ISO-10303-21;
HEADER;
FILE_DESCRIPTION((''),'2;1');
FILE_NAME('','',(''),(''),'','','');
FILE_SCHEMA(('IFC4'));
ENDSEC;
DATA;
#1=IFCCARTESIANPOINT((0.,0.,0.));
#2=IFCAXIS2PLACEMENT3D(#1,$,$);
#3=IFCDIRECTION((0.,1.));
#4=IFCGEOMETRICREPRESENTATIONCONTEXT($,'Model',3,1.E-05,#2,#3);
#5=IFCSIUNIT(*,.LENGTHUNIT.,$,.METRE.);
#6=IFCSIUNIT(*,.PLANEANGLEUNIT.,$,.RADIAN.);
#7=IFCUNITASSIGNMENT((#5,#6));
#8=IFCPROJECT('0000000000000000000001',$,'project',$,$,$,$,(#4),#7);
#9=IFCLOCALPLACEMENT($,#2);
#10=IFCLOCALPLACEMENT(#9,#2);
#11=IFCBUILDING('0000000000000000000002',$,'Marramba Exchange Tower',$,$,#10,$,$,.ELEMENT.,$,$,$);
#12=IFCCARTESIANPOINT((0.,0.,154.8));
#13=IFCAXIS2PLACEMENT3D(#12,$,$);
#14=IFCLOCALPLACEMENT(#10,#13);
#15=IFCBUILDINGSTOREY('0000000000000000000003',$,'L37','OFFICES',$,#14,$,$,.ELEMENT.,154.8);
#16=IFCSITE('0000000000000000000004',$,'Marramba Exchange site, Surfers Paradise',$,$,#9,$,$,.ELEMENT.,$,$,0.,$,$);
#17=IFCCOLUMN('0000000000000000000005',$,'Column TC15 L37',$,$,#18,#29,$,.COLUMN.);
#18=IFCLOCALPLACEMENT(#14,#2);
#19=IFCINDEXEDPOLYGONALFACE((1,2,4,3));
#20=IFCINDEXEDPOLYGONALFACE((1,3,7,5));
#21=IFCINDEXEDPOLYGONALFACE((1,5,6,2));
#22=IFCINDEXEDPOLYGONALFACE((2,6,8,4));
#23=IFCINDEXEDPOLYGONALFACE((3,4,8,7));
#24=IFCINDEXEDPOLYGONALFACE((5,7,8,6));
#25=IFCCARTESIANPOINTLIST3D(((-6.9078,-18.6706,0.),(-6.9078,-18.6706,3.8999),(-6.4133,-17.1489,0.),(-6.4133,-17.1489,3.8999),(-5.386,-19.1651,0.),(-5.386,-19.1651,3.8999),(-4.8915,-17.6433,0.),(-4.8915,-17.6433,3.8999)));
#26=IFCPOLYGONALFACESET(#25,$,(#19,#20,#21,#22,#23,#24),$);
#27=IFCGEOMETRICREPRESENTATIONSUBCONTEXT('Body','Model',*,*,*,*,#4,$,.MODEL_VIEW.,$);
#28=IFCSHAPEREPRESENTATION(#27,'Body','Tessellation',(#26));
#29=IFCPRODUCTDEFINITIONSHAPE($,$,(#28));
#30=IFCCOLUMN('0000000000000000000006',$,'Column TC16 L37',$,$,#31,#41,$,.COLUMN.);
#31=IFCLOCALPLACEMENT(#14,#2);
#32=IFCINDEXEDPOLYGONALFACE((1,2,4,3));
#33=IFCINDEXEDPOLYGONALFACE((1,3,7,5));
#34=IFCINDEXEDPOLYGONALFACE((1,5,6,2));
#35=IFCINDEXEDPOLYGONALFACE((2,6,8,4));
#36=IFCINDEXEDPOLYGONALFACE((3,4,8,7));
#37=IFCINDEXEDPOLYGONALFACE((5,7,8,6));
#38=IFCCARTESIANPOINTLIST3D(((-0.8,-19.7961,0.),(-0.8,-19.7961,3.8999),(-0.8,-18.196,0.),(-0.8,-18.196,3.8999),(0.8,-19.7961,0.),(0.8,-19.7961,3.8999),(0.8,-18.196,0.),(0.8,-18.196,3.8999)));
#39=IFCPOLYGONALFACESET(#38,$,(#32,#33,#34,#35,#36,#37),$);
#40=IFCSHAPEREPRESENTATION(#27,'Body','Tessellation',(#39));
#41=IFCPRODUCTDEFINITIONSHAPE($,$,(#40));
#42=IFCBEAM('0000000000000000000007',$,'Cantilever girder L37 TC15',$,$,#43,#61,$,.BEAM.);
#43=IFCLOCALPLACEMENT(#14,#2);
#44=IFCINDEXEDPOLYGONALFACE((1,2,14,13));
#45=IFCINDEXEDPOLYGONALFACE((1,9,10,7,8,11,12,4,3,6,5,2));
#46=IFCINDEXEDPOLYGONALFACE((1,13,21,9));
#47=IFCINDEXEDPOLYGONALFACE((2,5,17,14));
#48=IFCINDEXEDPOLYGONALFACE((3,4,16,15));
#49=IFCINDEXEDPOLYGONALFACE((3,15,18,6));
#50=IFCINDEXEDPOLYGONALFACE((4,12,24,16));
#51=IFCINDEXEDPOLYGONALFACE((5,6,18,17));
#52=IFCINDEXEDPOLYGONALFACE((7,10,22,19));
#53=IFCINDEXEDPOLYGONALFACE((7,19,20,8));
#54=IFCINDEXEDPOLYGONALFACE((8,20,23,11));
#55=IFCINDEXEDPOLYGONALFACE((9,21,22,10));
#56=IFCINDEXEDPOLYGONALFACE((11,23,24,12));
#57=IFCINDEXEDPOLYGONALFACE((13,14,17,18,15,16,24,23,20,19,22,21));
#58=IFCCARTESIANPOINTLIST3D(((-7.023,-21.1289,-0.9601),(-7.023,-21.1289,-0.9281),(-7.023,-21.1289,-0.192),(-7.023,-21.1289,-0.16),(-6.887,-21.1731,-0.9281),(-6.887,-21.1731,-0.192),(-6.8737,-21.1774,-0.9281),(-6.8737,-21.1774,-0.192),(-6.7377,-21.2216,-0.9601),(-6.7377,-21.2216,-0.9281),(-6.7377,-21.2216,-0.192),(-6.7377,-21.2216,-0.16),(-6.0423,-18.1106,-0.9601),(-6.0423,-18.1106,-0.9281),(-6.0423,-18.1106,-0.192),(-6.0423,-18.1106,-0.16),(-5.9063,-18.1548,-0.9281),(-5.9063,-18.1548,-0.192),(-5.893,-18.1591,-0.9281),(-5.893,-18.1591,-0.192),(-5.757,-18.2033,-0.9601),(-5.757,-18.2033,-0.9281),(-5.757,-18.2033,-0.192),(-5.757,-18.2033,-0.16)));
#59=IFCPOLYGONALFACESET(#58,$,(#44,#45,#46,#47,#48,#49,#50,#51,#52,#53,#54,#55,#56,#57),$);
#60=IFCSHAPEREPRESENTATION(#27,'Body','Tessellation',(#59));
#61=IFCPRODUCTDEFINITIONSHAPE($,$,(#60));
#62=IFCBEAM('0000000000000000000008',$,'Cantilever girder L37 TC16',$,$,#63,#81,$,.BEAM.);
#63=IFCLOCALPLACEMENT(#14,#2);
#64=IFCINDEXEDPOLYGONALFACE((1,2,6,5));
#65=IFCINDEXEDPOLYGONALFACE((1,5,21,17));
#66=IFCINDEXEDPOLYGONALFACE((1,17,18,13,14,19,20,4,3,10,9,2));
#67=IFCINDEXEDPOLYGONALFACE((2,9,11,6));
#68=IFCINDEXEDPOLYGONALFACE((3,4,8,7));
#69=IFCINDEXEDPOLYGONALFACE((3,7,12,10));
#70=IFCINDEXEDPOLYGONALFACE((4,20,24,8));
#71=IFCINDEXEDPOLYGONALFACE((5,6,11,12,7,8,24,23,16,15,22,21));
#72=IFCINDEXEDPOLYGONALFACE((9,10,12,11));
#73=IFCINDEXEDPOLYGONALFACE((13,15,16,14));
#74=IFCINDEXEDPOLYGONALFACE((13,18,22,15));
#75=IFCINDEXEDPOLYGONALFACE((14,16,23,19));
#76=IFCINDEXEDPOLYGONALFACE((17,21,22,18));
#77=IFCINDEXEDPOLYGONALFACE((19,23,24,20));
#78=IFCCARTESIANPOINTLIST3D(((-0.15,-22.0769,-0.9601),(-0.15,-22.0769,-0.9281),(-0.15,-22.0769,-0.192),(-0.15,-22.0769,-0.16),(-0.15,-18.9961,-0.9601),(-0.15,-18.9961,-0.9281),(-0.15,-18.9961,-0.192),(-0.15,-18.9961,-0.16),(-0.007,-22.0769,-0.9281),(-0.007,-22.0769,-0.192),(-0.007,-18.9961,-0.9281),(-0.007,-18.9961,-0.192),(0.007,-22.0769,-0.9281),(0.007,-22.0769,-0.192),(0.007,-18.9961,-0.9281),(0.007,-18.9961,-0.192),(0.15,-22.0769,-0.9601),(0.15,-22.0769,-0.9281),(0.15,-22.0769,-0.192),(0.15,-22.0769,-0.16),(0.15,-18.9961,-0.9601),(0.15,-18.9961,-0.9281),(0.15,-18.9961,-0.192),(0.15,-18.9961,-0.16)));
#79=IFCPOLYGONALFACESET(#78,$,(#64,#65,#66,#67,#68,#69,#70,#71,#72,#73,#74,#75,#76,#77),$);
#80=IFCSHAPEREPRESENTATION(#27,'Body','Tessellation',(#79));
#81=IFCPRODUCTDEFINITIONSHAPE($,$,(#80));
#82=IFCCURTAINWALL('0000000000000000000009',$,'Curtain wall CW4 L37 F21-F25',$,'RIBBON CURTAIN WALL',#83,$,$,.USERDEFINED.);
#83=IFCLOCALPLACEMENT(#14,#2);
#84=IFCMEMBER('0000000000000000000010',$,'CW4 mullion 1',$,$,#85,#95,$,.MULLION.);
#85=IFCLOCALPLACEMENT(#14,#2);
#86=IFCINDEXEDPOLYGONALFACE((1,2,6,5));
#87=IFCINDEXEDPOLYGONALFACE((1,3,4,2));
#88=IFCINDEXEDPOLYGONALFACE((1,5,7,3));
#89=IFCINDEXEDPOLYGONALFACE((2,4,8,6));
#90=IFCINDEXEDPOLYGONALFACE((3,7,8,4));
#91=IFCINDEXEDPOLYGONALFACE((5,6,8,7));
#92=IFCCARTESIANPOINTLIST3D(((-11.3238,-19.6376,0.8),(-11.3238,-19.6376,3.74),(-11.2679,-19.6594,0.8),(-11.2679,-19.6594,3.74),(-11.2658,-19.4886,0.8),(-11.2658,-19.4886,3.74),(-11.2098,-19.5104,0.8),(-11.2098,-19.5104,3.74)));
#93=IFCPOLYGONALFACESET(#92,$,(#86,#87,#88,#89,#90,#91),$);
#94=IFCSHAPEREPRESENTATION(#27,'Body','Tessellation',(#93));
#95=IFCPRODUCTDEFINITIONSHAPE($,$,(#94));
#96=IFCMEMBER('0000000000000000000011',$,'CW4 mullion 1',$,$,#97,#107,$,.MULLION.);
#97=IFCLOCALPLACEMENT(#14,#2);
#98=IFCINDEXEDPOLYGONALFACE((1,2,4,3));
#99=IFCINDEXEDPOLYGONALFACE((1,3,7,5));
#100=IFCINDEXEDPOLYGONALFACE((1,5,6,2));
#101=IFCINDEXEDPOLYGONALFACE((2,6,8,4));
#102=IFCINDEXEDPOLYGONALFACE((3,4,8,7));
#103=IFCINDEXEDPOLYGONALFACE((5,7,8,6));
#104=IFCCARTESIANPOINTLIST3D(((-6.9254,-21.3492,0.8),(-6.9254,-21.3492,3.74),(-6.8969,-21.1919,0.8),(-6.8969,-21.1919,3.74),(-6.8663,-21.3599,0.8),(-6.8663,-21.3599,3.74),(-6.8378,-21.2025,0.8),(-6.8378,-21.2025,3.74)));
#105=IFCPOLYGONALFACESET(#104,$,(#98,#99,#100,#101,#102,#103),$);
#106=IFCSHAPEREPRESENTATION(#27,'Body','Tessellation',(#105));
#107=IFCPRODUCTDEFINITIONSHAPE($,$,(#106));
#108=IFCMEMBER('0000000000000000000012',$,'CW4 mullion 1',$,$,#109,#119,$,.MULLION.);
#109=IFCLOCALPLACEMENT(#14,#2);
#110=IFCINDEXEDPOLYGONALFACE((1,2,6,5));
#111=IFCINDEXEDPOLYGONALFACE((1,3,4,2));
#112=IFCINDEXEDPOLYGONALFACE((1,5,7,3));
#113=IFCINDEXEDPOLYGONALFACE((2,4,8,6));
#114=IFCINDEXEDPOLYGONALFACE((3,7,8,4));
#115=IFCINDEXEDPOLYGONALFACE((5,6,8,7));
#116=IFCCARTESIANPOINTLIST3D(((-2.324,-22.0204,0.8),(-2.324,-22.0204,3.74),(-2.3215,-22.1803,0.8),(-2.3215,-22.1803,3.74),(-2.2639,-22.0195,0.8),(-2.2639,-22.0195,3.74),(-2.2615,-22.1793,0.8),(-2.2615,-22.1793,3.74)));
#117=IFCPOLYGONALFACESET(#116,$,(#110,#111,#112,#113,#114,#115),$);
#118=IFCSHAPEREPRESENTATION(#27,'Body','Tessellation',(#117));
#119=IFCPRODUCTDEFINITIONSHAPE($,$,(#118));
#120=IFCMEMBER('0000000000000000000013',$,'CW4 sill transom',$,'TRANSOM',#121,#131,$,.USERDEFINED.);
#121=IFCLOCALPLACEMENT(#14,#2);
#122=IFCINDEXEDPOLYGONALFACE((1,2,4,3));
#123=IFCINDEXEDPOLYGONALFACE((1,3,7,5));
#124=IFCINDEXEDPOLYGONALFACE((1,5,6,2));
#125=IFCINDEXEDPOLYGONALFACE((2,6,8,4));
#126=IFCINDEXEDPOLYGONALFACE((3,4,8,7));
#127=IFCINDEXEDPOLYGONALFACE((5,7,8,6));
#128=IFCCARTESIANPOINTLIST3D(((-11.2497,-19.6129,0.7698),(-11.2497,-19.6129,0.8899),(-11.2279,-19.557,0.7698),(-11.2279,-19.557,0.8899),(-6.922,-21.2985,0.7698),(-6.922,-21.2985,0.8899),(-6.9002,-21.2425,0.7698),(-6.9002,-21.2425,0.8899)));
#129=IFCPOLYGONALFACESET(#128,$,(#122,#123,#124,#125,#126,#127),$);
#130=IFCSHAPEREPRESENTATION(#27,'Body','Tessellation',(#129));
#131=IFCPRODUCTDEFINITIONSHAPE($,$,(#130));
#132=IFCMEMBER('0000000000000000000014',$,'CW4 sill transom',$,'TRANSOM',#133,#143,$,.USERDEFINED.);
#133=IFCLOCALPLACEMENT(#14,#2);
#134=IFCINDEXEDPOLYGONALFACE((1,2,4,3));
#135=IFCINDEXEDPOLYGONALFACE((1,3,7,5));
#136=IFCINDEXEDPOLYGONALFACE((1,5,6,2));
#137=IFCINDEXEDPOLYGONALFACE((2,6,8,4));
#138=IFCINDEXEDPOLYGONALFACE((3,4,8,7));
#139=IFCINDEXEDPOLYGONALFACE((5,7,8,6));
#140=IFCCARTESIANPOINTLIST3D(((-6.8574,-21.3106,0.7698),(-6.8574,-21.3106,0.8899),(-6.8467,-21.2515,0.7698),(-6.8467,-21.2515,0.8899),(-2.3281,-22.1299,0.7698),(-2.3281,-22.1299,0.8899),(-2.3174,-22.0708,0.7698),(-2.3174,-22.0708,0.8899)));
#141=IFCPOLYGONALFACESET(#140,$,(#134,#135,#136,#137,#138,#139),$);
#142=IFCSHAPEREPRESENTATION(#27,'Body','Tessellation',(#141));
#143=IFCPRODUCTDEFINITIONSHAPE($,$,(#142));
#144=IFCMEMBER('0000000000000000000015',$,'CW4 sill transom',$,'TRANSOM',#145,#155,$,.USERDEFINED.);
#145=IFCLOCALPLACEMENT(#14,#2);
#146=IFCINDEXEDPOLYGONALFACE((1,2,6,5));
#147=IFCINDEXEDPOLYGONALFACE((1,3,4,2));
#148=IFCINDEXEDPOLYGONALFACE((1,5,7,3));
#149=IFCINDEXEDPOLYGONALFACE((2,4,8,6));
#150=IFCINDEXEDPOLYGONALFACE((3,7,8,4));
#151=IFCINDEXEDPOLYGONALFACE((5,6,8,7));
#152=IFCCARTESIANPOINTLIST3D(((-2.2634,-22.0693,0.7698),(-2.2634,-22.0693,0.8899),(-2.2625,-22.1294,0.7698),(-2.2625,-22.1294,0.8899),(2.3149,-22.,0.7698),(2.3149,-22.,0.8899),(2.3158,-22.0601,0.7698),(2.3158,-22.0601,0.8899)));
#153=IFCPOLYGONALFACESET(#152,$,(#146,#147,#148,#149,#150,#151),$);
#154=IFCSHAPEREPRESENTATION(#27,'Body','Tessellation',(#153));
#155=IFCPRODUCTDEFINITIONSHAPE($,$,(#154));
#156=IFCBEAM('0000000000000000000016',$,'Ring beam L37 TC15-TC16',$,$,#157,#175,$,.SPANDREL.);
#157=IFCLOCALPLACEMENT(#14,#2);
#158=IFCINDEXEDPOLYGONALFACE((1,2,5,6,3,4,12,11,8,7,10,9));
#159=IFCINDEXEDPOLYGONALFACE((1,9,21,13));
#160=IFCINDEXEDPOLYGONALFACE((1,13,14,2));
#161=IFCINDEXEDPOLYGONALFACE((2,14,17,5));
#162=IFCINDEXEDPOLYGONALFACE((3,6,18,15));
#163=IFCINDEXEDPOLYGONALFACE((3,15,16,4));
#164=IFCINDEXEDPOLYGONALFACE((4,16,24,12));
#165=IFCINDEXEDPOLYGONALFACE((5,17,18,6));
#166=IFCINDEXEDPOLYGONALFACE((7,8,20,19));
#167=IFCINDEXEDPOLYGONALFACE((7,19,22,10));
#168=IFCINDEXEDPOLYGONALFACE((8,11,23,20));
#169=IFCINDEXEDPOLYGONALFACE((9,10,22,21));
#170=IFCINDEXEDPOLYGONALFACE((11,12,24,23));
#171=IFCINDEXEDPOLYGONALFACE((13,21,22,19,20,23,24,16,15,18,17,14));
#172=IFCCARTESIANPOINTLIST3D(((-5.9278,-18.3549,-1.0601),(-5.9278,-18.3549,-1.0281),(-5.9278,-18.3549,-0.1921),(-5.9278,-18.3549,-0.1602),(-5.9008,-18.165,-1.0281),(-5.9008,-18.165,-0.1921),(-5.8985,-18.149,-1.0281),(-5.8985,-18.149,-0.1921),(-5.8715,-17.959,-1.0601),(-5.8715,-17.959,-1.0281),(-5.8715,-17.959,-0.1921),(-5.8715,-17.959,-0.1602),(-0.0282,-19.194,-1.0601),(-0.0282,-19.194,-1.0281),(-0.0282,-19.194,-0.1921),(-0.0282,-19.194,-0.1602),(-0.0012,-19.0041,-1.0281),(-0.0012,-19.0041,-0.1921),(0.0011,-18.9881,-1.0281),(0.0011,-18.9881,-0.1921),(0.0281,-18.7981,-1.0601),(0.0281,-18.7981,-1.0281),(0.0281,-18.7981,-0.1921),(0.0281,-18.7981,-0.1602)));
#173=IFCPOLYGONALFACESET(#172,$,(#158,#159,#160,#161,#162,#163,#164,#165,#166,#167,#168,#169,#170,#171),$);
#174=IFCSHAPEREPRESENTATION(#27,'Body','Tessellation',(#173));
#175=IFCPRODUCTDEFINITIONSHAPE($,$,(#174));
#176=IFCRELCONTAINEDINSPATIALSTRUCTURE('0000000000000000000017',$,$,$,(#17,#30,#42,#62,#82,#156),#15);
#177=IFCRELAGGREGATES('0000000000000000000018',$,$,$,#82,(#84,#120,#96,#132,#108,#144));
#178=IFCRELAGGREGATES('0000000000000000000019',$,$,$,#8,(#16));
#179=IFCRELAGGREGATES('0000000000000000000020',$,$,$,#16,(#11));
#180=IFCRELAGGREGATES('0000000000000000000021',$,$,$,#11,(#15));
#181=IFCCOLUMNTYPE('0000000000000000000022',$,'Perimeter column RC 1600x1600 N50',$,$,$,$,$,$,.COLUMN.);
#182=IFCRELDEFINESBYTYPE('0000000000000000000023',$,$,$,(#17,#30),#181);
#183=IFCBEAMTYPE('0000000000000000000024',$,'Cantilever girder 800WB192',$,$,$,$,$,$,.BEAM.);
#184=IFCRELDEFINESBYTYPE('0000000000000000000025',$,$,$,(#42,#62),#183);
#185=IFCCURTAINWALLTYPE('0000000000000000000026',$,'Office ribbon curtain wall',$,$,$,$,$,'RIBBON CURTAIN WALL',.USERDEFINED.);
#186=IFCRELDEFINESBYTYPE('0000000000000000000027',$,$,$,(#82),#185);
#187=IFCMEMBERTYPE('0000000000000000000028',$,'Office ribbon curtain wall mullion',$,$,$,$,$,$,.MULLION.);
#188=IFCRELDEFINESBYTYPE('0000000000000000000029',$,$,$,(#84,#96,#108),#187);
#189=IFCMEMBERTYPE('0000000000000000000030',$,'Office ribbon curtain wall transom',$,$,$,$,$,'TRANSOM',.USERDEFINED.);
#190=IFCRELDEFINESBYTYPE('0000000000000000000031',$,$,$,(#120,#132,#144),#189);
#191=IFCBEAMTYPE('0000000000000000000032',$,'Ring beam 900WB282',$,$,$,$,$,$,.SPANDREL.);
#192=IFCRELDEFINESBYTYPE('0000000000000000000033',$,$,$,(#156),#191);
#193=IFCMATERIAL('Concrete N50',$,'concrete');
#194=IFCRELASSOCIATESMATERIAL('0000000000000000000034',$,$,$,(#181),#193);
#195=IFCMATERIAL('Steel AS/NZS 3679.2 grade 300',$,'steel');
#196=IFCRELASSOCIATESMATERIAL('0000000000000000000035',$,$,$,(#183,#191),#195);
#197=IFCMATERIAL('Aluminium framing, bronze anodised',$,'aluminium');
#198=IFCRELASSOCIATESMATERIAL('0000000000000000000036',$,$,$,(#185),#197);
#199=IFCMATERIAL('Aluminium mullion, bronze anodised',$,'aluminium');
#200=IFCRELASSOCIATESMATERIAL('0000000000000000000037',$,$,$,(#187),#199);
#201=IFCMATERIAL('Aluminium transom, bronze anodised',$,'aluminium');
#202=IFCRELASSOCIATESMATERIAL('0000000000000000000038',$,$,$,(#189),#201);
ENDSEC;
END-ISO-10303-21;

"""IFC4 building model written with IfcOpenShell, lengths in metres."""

from ifc_helpers import new_model, si_unit, direction, frame, origin, origin_2d, place, context, subcontext, project, spatial, rectangle, i_section, extrude, material, material_profile, profile_set, type_object, element, aggregate, save


model = new_model("IFC4")

# Units and contexts
model_context = context("Model", 3, precision=1e-05, world=origin(), true_north=direction((0.0, 1.0)))
body_context = subcontext(model_context, "Body", "Model", "MODEL_VIEW")
ifc_project = project(units=[si_unit("LENGTHUNIT", "METRE"), si_unit("PLANEANGLEUNIT", "RADIAN")], contexts=[model_context])

# Site, building, storey
site_placement = place(None, origin())
site = spatial("IfcSite", under=ifc_project, at=site_placement, Name="Marramba Exchange site, Surfers Paradise", CompositionType="ELEMENT", RefElevation=0.0)
building_placement = place(site_placement, origin())
building = spatial("IfcBuilding", under=site, at=building_placement, Name="Marramba Exchange Tower", CompositionType="ELEMENT")
storey_placement = place(building_placement, frame((0.0, 0.0, 154.8)))
storey = spatial("IfcBuildingStorey", under=building, at=storey_placement, Name="L37", Description="OFFICES", CompositionType="ELEMENT", Elevation=154.8)

# Columns
ifc_material_1 = material(Name="Concrete N50", Category="concrete")
ifc_material_profile_1 = material_profile(ifc_material_1, rectangle(XDim=1.6001, YDim=1.6001, at=origin_2d()), Name="RC 1600x1600")
ifc_profile_set_1 = profile_set([ifc_material_profile_1], Name="Concrete N50")
column_type = type_object("IfcColumnType", Name="Perimeter column RC 1600x1600 N50", PredefinedType="COLUMN", material=ifc_profile_set_1)
for number, where, z_axis, x_axis, name in (
    (1, (-5.8997, -18.157, 0.0), (0.0, 0.0, 1.0), (-0.309017, -0.951057, 0.0), "Column TC15 L37"),
    (2, (0.0, -18.9961, 0.0), (0.0, 0.0, 1.0), (0.0, -1.0, 0.0), "Column TC16 L37"),
):
    element("IfcColumn", number, at=place(storey_placement, frame(where, z_axis=z_axis, x_axis=x_axis)), inside=storey, type_object=column_type, Name=name, PredefinedType="COLUMN", context=body_context, shape_type="SweptSolid", body=[
        extrude(rectangle(XDim=1.6001, YDim=1.6001, at=origin_2d()), origin(), (0.0, 0.0, 1.0), 3.8999),
    ])

# Beams
ifc_material_2 = material(Name="Steel AS/NZS 3679.2 grade 300", Category="steel")
ifc_material_profile_2 = material_profile(ifc_material_2, i_section(OverallWidth=0.3, OverallDepth=0.8, WebThickness=0.0139, FlangeThickness=0.032, at=origin_2d()), Name="800WB192")
ifc_profile_set_2 = profile_set([ifc_material_profile_2], Name="Steel AS/NZS 3679.2 grade 300")
beam_type_1 = type_object("IfcBeamType", Name="Cantilever girder 800WB192", PredefinedType="BEAM", material=ifc_profile_set_2)
beam_1_placement = place(storey_placement, frame((-5.8997, -18.157, -0.5601), z_axis=(-0.309018, -0.951056, 0.0), x_axis=(0.951056, -0.309018, 0.0)))
element("IfcBeam", 3, at=beam_1_placement, inside=storey, type_object=beam_type_1, Name="Cantilever girder L37 TC15", PredefinedType="BEAM", context=body_context, shape_type="SweptSolid", body=[
    extrude(i_section(OverallWidth=0.3, OverallDepth=0.8, WebThickness=0.0139, FlangeThickness=0.032, at=origin_2d()), origin(), (0.0, 0.0, 1.0), 3.1736),
])
beam_2_placement = place(storey_placement, frame((0.0, -18.9961, -0.5601), z_axis=(0.0, -1.0, 0.0), x_axis=(1.0, 0.0, 0.0)))
element("IfcBeam", 4, at=beam_2_placement, inside=storey, type_object=beam_type_1, Name="Cantilever girder L37 TC16", PredefinedType="BEAM", context=body_context, shape_type="SweptSolid", body=[
    extrude(i_section(OverallWidth=0.3, OverallDepth=0.8, WebThickness=0.0139, FlangeThickness=0.032, at=origin_2d()), origin(), (0.0, 0.0, 1.0), 3.0808),
])

# Curtain wall, members
ifc_material_3 = material(Name="Aluminium framing, bronze anodised", Category="aluminium")
curtain_wall_type = type_object("IfcCurtainWallType", Name="Office ribbon curtain wall", ElementType="RIBBON CURTAIN WALL", PredefinedType="USERDEFINED", material=ifc_material_3)
curtain_wall_placement = place(storey_placement, origin())
curtain_wall = element("IfcCurtainWall", 5, at=curtain_wall_placement, inside=storey, type_object=curtain_wall_type, Name="Curtain wall CW4 L37 F21-F25", ObjectType="RIBBON CURTAIN WALL", PredefinedType="USERDEFINED")
ifc_material_4 = material(Name="Aluminium mullion, bronze anodised", Category="aluminium")
ifc_material_profile_3 = material_profile(ifc_material_4, rectangle(XDim=0.1599, YDim=0.0601, at=origin_2d()), Name="CW4 mullion 60x160")
ifc_profile_set_3 = profile_set([ifc_material_profile_3], Name="Aluminium mullion, bronze anodised")
member_type_1 = type_object("IfcMemberType", Name="Office ribbon curtain wall mullion", PredefinedType="MULLION", material=ifc_profile_set_3)
member_1_placement = place(storey_placement, frame((-11.2668, -19.574, 0.8), z_axis=(0.0, 0.0, 1.0), x_axis=(0.362925, 0.931818, 0.0)))
member_1 = element("IfcMember", 6, at=member_1_placement, type_object=member_type_1, Name="CW4 mullion 1", PredefinedType="MULLION", context=body_context, shape_type="SweptSolid", body=[
    extrude(rectangle(XDim=0.1599, YDim=0.0601, at=origin_2d()), origin(), (0.0, 0.0, 1.0), 2.9399),
])
member_2_placement = place(storey_placement, frame((-6.8816, -21.2759, 0.8), z_axis=(0.0, 0.0, 1.0), x_axis=(0.177992, 0.984032, 0.0)))
member_2 = element("IfcMember", 7, at=member_2_placement, type_object=member_type_1, Name="CW4 mullion 1", PredefinedType="MULLION", context=body_context, shape_type="SweptSolid", body=[
    extrude(rectangle(XDim=0.1599, YDim=0.0601, at=origin_2d()), origin(), (0.0, 0.0, 1.0), 2.9399),
])
member_3_placement = place(storey_placement, frame((-2.2927, -22.0999, 0.8), z_axis=(0.0, 0.0, 1.0), x_axis=(-0.015179, 0.999885, 0.0)))
member_3 = element("IfcMember", 8, at=member_3_placement, type_object=member_type_1, Name="CW4 mullion 1", PredefinedType="MULLION", context=body_context, shape_type="SweptSolid", body=[
    extrude(rectangle(XDim=0.1599, YDim=0.0601, at=origin_2d()), origin(), (0.0, 0.0, 1.0), 2.9399),
])
ifc_material_5 = material(Name="Aluminium transom, bronze anodised", Category="aluminium")
ifc_material_profile_4 = material_profile(ifc_material_5, rectangle(XDim=0.0601, YDim=0.1201, at=origin_2d()), Name="CW4 transom 60x120")
ifc_profile_set_4 = profile_set([ifc_material_profile_4], Name="Aluminium transom, bronze anodised")
member_type_2 = type_object("IfcMemberType", Name="Office ribbon curtain wall transom", ElementType="TRANSOM", PredefinedType="USERDEFINED", material=ifc_profile_set_4)
member_4_placement = place(storey_placement, frame((-11.2388, -19.585, 0.8298), z_axis=(0.931817, -0.362928, 0.0), x_axis=(0.362928, 0.931817, 0.0)))
member_4 = element("IfcMember", 9, at=member_4_placement, type_object=member_type_2, Name="CW4 sill transom", ObjectType="TRANSOM", PredefinedType="USERDEFINED", context=body_context, shape_type="SweptSolid", body=[
    extrude(rectangle(XDim=0.0601, YDim=0.1201, at=origin_2d()), origin(), (0.0, 0.0, 1.0), 4.6443),
])
member_5_placement = place(storey_placement, frame((-6.8521, -21.281, 0.8298), z_axis=(0.984029, -0.178008, 0.0), x_axis=(0.178008, 0.984029, 0.0)))
member_5 = element("IfcMember", 10, at=member_5_placement, type_object=member_type_2, Name="CW4 sill transom", ObjectType="TRANSOM", PredefinedType="USERDEFINED", context=body_context, shape_type="SweptSolid", body=[
    extrude(rectangle(XDim=0.0601, YDim=0.1201, at=origin_2d()), origin(), (0.0, 0.0, 1.0), 4.6028),
])
member_6_placement = place(storey_placement, frame((-2.2629, -22.0994, 0.8298), z_axis=(0.999885, 0.015143, 0.0), x_axis=(-0.015143, 0.999885, 0.0)))
member_6 = element("IfcMember", 11, at=member_6_placement, type_object=member_type_2, Name="CW4 sill transom", ObjectType="TRANSOM", PredefinedType="USERDEFINED", context=body_context, shape_type="SweptSolid", body=[
    extrude(rectangle(XDim=0.0601, YDim=0.1201, at=origin_2d()), origin(), (0.0, 0.0, 1.0), 4.5789),
])

# Beam
ifc_material_profile_5 = material_profile(ifc_material_2, i_section(OverallWidth=0.3999, OverallDepth=0.8999, WebThickness=0.0161, FlangeThickness=0.032, at=origin_2d()), Name="900WB282")
ifc_profile_set_5 = profile_set([ifc_material_profile_5], Name="Steel AS/NZS 3679.2 grade 300")
beam_type_2 = type_object("IfcBeamType", Name="Ring beam 900WB282", PredefinedType="SPANDREL", material=ifc_profile_set_5)
for number, where, z_axis, x_axis, name in (
    (12, (-5.8997, -18.157, -0.6101), (0.990036, -0.140813, 0.0), (0.140813, 0.990036, 0.0), "Ring beam L37 TC15-TC16"),
):
    element("IfcBeam", number, at=place(storey_placement, frame(where, z_axis=z_axis, x_axis=x_axis)), inside=storey, type_object=beam_type_2, Name=name, PredefinedType="SPANDREL", context=body_context, shape_type="SweptSolid", body=[
        extrude(i_section(OverallWidth=0.3999, OverallDepth=0.8999, WebThickness=0.0161, FlangeThickness=0.032, at=origin_2d()), origin(), (0.0, 0.0, 1.0), 5.959),
    ])

aggregate(curtain_wall, [member_1, member_4, member_2, member_5, member_3, member_6])

save(model, "model.ifc")
